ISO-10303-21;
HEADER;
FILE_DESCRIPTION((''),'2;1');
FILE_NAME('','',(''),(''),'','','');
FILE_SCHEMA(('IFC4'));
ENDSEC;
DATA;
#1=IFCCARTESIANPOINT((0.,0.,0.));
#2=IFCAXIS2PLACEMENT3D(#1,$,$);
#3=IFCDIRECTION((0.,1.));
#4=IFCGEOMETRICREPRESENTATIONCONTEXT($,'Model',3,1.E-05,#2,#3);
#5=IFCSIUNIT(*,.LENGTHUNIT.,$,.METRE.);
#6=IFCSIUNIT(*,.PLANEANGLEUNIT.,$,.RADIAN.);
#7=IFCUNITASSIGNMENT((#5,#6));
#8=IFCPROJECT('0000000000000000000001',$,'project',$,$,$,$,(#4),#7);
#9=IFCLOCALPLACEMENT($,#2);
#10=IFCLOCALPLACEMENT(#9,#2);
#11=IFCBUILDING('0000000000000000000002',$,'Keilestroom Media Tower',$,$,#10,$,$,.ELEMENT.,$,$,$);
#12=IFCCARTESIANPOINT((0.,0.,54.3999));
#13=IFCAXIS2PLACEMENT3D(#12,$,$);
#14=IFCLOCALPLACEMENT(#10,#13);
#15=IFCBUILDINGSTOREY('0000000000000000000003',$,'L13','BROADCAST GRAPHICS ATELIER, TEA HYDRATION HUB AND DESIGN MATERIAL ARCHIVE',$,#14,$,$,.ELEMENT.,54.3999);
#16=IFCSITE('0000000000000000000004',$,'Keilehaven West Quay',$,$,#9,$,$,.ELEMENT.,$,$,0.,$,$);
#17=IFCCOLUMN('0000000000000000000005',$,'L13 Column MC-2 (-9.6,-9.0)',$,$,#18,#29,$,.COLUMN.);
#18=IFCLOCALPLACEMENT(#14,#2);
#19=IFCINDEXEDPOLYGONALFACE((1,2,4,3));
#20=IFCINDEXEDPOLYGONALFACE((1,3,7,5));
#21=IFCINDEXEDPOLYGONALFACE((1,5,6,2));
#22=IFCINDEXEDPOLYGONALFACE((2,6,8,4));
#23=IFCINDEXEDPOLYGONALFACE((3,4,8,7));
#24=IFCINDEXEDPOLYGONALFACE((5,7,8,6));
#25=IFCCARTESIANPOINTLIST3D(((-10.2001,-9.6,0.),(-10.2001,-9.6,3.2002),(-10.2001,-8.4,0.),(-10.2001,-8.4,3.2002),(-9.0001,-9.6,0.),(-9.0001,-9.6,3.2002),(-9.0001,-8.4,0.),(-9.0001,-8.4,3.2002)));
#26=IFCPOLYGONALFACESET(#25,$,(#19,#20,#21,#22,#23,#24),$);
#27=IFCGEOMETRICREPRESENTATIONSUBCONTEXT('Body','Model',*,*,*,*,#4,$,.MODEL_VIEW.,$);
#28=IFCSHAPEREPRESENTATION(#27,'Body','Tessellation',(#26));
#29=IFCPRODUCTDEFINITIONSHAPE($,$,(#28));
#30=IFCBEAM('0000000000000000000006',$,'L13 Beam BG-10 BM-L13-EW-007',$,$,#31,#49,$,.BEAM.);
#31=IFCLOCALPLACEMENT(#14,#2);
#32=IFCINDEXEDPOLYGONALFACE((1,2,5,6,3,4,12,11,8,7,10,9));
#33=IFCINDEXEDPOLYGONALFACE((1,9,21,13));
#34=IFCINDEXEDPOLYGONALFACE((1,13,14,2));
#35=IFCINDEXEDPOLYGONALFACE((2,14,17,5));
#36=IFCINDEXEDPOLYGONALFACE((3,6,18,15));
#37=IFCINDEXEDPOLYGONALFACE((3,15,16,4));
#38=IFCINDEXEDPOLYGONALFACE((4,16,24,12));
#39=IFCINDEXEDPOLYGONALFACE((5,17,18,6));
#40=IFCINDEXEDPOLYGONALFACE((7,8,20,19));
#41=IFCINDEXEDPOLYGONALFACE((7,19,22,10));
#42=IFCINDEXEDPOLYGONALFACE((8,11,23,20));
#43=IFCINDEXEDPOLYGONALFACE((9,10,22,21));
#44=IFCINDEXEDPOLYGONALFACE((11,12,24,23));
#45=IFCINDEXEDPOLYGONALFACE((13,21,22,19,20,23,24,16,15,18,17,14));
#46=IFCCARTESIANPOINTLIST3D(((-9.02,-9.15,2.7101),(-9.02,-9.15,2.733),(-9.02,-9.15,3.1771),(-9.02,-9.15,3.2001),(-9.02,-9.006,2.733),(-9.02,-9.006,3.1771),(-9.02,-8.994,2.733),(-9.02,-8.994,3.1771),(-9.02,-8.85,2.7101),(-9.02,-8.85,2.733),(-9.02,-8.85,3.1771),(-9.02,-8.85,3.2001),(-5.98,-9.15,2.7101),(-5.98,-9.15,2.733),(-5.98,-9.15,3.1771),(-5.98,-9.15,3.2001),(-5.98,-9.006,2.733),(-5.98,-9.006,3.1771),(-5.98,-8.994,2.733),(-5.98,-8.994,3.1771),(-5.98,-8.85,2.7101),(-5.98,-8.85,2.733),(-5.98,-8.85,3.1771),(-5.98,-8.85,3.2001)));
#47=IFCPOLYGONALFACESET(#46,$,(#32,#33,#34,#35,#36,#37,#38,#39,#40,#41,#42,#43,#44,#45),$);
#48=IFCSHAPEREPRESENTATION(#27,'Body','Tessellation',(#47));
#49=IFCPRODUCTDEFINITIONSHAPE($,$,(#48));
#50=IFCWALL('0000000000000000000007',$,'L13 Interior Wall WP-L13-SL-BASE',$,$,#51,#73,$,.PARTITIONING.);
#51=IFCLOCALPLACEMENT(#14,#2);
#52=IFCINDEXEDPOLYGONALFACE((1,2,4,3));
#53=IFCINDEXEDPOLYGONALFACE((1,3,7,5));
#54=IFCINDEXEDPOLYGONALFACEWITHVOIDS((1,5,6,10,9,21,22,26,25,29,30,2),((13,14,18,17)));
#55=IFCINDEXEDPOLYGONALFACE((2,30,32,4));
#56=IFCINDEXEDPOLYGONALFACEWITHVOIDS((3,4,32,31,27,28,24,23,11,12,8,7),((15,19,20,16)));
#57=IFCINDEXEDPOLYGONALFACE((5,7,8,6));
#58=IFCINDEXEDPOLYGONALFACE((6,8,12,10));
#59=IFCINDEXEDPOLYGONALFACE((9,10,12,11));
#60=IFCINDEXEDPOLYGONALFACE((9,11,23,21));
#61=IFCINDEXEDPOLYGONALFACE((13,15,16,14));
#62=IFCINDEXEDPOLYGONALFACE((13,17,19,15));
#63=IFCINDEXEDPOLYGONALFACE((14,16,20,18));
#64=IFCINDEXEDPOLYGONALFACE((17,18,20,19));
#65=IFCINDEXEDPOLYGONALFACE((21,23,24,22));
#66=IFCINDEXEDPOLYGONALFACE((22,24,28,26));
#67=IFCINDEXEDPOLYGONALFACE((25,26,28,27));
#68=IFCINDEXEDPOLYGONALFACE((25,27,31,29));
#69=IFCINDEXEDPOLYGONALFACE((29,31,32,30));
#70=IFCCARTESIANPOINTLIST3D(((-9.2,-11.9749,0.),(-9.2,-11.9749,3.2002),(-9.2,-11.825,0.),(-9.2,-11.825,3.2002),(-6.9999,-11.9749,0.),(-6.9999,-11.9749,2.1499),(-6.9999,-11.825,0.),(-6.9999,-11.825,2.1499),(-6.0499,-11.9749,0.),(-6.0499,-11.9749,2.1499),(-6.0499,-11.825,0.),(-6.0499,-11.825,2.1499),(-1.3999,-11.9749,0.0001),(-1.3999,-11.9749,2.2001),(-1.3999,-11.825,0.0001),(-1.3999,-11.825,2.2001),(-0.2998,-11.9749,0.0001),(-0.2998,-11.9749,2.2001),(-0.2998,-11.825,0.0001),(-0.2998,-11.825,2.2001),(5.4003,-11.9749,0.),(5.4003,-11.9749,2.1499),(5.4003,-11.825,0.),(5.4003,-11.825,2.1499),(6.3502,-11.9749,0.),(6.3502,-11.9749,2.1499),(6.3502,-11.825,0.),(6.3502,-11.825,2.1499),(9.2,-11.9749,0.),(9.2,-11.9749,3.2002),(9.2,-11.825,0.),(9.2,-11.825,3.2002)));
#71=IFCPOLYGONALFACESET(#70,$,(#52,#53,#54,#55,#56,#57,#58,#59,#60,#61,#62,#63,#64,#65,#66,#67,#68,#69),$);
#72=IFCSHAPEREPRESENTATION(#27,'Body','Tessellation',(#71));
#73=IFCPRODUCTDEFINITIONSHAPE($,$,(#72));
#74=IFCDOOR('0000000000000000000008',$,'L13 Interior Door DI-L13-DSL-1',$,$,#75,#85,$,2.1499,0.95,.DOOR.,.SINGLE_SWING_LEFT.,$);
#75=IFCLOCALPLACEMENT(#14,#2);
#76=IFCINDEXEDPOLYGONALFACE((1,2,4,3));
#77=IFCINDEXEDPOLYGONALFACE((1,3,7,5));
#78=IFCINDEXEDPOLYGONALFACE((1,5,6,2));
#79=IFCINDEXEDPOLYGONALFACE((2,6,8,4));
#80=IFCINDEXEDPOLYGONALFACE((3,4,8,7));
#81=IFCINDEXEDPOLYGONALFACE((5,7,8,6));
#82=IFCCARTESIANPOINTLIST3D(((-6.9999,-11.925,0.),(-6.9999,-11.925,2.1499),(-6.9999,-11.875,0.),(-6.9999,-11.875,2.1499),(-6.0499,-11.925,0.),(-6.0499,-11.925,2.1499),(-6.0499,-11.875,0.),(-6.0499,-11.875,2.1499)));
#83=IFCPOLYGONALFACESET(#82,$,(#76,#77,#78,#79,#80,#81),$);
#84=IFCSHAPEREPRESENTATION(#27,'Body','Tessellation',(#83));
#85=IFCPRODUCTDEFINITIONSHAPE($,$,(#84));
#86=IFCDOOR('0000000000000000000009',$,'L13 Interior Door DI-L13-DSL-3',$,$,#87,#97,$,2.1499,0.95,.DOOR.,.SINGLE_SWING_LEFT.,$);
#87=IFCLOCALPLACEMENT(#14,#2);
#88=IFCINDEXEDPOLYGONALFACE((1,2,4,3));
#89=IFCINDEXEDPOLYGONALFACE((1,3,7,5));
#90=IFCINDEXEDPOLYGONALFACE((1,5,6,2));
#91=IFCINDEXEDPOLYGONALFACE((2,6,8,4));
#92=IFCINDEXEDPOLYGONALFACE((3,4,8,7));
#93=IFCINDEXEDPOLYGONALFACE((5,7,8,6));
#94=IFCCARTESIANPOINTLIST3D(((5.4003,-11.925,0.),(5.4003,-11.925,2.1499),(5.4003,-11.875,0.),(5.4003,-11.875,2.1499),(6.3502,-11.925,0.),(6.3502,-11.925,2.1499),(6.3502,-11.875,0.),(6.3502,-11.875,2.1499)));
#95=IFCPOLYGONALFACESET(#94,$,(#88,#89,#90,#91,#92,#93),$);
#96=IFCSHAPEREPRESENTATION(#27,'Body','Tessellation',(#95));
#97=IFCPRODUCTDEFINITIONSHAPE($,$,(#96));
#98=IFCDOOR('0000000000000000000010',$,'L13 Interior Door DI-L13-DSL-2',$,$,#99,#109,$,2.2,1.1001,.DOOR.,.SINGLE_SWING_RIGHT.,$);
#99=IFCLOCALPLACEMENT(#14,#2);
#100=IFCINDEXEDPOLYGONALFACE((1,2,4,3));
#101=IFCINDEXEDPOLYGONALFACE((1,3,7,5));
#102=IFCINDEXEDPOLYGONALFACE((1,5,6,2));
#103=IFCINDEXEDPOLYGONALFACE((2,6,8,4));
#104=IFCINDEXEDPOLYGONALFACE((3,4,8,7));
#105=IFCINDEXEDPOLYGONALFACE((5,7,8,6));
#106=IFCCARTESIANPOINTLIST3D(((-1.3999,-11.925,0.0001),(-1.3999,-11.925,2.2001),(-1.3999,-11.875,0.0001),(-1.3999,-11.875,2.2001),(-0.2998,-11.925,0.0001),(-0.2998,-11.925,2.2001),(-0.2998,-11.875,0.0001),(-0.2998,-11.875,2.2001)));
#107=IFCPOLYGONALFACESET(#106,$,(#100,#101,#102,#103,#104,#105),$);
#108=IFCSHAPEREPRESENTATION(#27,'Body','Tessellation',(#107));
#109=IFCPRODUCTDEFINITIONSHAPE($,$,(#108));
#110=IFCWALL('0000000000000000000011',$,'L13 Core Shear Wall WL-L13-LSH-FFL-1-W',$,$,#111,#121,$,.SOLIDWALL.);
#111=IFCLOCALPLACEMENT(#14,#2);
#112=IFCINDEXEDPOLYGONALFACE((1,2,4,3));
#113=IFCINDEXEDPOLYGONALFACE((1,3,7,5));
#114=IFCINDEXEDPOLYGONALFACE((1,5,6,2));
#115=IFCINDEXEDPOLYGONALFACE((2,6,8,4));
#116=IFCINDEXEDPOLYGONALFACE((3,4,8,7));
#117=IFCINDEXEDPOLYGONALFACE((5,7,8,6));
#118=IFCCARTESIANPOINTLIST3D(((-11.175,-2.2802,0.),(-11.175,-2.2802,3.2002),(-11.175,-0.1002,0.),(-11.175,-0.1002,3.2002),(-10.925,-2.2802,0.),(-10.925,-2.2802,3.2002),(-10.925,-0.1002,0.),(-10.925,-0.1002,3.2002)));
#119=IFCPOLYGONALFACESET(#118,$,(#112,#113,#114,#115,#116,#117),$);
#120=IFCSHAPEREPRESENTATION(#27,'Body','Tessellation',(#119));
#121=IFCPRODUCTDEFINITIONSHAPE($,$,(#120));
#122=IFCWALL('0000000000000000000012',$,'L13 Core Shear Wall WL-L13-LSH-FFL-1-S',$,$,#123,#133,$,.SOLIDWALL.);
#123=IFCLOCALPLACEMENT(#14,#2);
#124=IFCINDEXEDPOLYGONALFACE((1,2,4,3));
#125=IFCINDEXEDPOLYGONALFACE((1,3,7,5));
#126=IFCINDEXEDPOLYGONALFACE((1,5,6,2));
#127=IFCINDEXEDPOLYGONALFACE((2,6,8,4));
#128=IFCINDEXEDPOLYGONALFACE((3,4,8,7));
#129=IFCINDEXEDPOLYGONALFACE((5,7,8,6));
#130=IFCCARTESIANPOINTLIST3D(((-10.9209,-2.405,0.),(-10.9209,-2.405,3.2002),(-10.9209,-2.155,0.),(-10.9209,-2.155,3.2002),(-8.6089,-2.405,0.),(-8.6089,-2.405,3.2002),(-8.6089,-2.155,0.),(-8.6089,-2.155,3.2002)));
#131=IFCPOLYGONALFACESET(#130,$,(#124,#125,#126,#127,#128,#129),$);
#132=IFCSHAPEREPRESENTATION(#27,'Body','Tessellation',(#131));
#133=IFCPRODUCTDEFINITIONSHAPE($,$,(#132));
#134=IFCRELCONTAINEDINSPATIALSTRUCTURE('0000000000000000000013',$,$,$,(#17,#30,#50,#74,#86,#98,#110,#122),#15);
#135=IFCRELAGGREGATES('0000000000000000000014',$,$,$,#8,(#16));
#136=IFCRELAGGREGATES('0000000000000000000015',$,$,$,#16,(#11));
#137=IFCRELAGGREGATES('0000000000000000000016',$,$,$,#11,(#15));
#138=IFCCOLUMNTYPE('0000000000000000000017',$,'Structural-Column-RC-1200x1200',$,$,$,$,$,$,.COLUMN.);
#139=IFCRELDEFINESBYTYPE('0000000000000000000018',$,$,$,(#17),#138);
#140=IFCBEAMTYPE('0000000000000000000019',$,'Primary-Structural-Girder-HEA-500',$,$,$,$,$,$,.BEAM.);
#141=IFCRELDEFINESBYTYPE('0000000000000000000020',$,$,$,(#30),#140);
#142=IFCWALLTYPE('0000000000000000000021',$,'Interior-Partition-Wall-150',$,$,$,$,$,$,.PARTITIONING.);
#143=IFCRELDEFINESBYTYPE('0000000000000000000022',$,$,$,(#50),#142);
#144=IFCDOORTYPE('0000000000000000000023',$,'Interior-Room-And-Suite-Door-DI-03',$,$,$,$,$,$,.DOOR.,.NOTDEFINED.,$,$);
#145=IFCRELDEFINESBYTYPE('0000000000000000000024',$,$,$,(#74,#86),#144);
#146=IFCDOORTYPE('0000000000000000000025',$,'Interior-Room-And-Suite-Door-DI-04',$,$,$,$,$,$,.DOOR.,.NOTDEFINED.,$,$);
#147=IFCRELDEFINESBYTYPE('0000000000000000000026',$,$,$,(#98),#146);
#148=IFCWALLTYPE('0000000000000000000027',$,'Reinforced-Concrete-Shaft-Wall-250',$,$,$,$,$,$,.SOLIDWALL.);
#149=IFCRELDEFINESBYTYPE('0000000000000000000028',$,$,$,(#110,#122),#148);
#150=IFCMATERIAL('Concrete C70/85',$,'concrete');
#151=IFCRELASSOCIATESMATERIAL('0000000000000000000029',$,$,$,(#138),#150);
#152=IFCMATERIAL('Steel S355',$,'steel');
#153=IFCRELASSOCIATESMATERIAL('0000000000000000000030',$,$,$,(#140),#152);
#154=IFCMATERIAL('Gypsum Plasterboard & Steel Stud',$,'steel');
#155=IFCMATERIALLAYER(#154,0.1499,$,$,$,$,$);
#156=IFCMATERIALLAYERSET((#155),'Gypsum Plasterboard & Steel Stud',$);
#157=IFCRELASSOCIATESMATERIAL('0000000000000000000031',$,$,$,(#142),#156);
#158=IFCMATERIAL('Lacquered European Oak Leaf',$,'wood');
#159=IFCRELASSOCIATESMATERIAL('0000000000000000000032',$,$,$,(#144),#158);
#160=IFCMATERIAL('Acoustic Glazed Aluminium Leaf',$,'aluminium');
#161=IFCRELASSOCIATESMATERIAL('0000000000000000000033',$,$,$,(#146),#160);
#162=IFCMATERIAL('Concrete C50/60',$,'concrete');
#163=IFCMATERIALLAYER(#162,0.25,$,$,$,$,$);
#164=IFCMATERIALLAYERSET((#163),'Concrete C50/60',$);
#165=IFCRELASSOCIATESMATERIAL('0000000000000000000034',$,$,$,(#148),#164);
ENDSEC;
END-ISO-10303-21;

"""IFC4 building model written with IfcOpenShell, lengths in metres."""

from ifc_helpers import new_model, si_unit, direction, frame, frame_2d, origin, origin_2d, place, context, subcontext, project, spatial, rectangle, i_section, extrude, source, transform, mapped, material, layer, layer_set, material_profile, profile_set, type_object, element, fill, save


model = new_model("IFC4")

# Units and contexts
model_context = context("Model", 3, precision=1e-05, world=origin(), true_north=direction((0.0, 1.0)))
body_context = subcontext(model_context, "Body", "Model", "MODEL_VIEW")
ifc_project = project(units=[si_unit("LENGTHUNIT", "METRE"), si_unit("PLANEANGLEUNIT", "RADIAN")], contexts=[model_context])

# Site, building, storey
site_placement = place(None, origin())
site = spatial("IfcSite", under=ifc_project, at=site_placement, Name="Keilehaven West Quay", CompositionType="ELEMENT", RefElevation=0.0)
building_placement = place(site_placement, origin())
building = spatial("IfcBuilding", under=site, at=building_placement, Name="Keilestroom Media Tower", CompositionType="ELEMENT")
storey_placement = place(building_placement, frame((0.0, 0.0, 54.3999)))
storey = spatial("IfcBuildingStorey", under=building, at=storey_placement, Name="L13", Description="BROADCAST GRAPHICS ATELIER, TEA HYDRATION HUB AND DESIGN MATERIAL ARCHIVE", CompositionType="ELEMENT", Elevation=54.3999)

# Column
ifc_material_1 = material(Name="Concrete C70/85", Category="concrete")
ifc_material_profile_1 = material_profile(ifc_material_1, rectangle(XDim=1.2, YDim=1.2, at=origin_2d()), Name="RC 1200x1200")
ifc_profile_set_1 = profile_set([ifc_material_profile_1], Name="Concrete C70/85")
column_type = type_object("IfcColumnType", Name="Structural-Column-RC-1200x1200", PredefinedType="COLUMN", material=ifc_profile_set_1)
shared_shape_1 = source(origin(), body_context, "Body", "SweptSolid", [
    extrude(rectangle(XDim=1.2, YDim=1.2, at=origin_2d()), origin(), (0.0, 0.0, 1.0), 3.2002),
])
column_placement = place(storey_placement, frame((-9.6001, -9.0, 0.0), z_axis=(0.0, 0.0, 1.0), x_axis=(1.0, 0.0, 0.0)))
element("IfcColumn", 1, at=column_placement, inside=storey, type_object=column_type, Name="L13 Column MC-2 (-9.6,-9.0)", PredefinedType="COLUMN", context=body_context, shape_type="MappedRepresentation", body=[
    mapped(shared_shape_1, transform((0.0, 0.0, 0.0), x_axis=(1.0, 0.0, 0.0), y_axis=(0.0, 1.0, 0.0), z_axis=(0.0, 0.0, 1.0), scale=1.0)),
])

# Beam
ifc_material_2 = material(Name="Steel S355", Category="steel")
ifc_material_profile_2 = material_profile(ifc_material_2, i_section(OverallWidth=0.3, OverallDepth=0.49, WebThickness=0.012, FlangeThickness=0.0229, at=origin_2d()), Name="HEA 500")
ifc_profile_set_2 = profile_set([ifc_material_profile_2], Name="Steel S355")
beam_type = type_object("IfcBeamType", Name="Primary-Structural-Girder-HEA-500", PredefinedType="BEAM", material=ifc_profile_set_2)
shared_shape_2 = source(origin(), body_context, "Body", "SweptSolid", [
    extrude(i_section(OverallWidth=0.3, OverallDepth=0.49, WebThickness=0.012, FlangeThickness=0.0229, at=origin_2d()), origin(), (0.0, 0.0, 1.0), 3.04),
])
beam_placement = place(storey_placement, frame((-9.02, -9.0, 2.9551), z_axis=(1.0, 0.0, 0.0), x_axis=(0.0, 1.0, 0.0)))
element("IfcBeam", 2, at=beam_placement, inside=storey, type_object=beam_type, Name="L13 Beam BG-10 BM-L13-EW-007", PredefinedType="BEAM", context=body_context, shape_type="MappedRepresentation", body=[
    mapped(shared_shape_2, transform((0.0, 0.0, 0.0), x_axis=(1.0, 0.0, 0.0), y_axis=(0.0, 1.0, 0.0), z_axis=(0.0, 0.0, 1.0), scale=1.0)),
])

# Wall, openings, doors
ifc_material_3 = material(Name="Gypsum Plasterboard & Steel Stud", Category="steel")
ifc_layer_1 = layer(ifc_material_3, 0.1499)
ifc_layer_set_1 = layer_set([ifc_layer_1], Name="Gypsum Plasterboard & Steel Stud")
wall_type_1 = type_object("IfcWallType", Name="Interior-Partition-Wall-150", PredefinedType="PARTITIONING", material=ifc_layer_set_1)
wall_1_placement = place(storey_placement, frame((-9.2, -11.8999, 0.0), z_axis=(0.0, 0.0, 1.0), x_axis=(1.0, 0.0, 0.0)))
wall_1 = element("IfcWall", 3, at=wall_1_placement, inside=storey, type_object=wall_type_1, Name="L13 Interior Wall WP-L13-SL-BASE", PredefinedType="PARTITIONING", context=body_context, shape_type="SweptSolid", body=[
    extrude(rectangle(XDim=18.3999, YDim=0.1499, at=frame_2d((9.2, 0.0))), origin(), (0.0, 0.0, 1.0), 3.2002),
])
opening_1_placement = place(wall_1_placement, frame((2.2, 0.0, 0.0)))
opening_1 = element("IfcOpeningElement", 4, at=opening_1_placement, cuts=wall_1, PredefinedType="OPENING", context=body_context, shape_type="SweptSolid", body=[
    extrude(rectangle(XDim=0.95, YDim=2.1499, at=frame_2d((0.4751, 1.075))), frame((0.0, 0.085, 0.0), z_axis=(0.0, -1.0, 0.0), x_axis=(1.0, 0.0, 0.0)), (0.0, 0.0, 1.0), 0.1699),
])
opening_2_placement = place(wall_1_placement, frame((7.8, 0.0, 0.0)))
opening_2 = element("IfcOpeningElement", 5, at=opening_2_placement, cuts=wall_1, PredefinedType="OPENING", context=body_context, shape_type="SweptSolid", body=[
    extrude(rectangle(XDim=1.1001, YDim=2.2, at=frame_2d((0.55, 1.1001))), frame((0.0, 0.085, 0.0), z_axis=(0.0, -1.0, 0.0), x_axis=(1.0, 0.0, 0.0)), (0.0, 0.0, 1.0), 0.1699),
])
opening_3_placement = place(wall_1_placement, frame((14.6001, 0.0, 0.0)))
opening_3 = element("IfcOpeningElement", 6, at=opening_3_placement, cuts=wall_1, PredefinedType="OPENING", context=body_context, shape_type="SweptSolid", body=[
    extrude(rectangle(XDim=0.95, YDim=2.1499, at=frame_2d((0.4751, 1.075))), frame((0.0, 0.085, 0.0), z_axis=(0.0, -1.0, 0.0), x_axis=(1.0, 0.0, 0.0)), (0.0, 0.0, 1.0), 0.1699),
])
ifc_material_4 = material(Name="Lacquered European Oak Leaf", Category="wood")
door_type_1 = type_object("IfcDoorType", Name="Interior-Room-And-Suite-Door-DI-03", OperationType="NOTDEFINED", PredefinedType="DOOR", material=ifc_material_4)
shared_shape_3 = source(origin(), body_context, "Body", "SweptSolid", [
    extrude(rectangle(XDim=0.95, YDim=2.1499, at=frame_2d((0.4751, 1.075))), frame((0.0, 0.0249, 0.0), z_axis=(0.0, -1.0, 0.0), x_axis=(1.0, 0.0, 0.0)), (0.0, 0.0, 1.0), 0.05),
])
door_1_placement = place(opening_1_placement, origin())
door_1 = element("IfcDoor", 7, at=door_1_placement, inside=storey, type_object=door_type_1, Name="L13 Interior Door DI-L13-DSL-1", OperationType="SINGLE_SWING_LEFT", OverallHeight=2.1499, OverallWidth=0.95, PredefinedType="DOOR", context=body_context, shape_type="MappedRepresentation", body=[
    mapped(shared_shape_3, transform((0.0, 0.0, 0.0), x_axis=(1.0, 0.0, 0.0), y_axis=(0.0, 1.0, 0.0), z_axis=(0.0, 0.0, 1.0), scale=1.0)),
])
fill(opening_1, door_1)
door_2_placement = place(opening_3_placement, origin())
door_2 = element("IfcDoor", 8, at=door_2_placement, inside=storey, type_object=door_type_1, Name="L13 Interior Door DI-L13-DSL-3", OperationType="SINGLE_SWING_LEFT", OverallHeight=2.1499, OverallWidth=0.95, PredefinedType="DOOR", context=body_context, shape_type="MappedRepresentation", body=[
    mapped(shared_shape_3, transform((0.0, 0.0, 0.0), x_axis=(1.0, 0.0, 0.0), y_axis=(0.0, 1.0, 0.0), z_axis=(0.0, 0.0, 1.0), scale=1.0)),
])
fill(opening_3, door_2)
ifc_material_5 = material(Name="Acoustic Glazed Aluminium Leaf", Category="aluminium")
door_type_2 = type_object("IfcDoorType", Name="Interior-Room-And-Suite-Door-DI-04", OperationType="NOTDEFINED", PredefinedType="DOOR", material=ifc_material_5)
shared_shape_4 = source(origin(), body_context, "Body", "SweptSolid", [
    extrude(rectangle(XDim=1.1001, YDim=2.2, at=frame_2d((0.55, 1.1001))), frame((0.0, 0.0249, 0.0), z_axis=(0.0, -1.0, 0.0), x_axis=(1.0, 0.0, 0.0)), (0.0, 0.0, 1.0), 0.05),
])
door_3_placement = place(opening_2_placement, origin())
door_3 = element("IfcDoor", 9, at=door_3_placement, inside=storey, type_object=door_type_2, Name="L13 Interior Door DI-L13-DSL-2", OperationType="SINGLE_SWING_RIGHT", OverallHeight=2.2, OverallWidth=1.1001, PredefinedType="DOOR", context=body_context, shape_type="MappedRepresentation", body=[
    mapped(shared_shape_4, transform((0.0, 0.0, 0.0), x_axis=(1.0, 0.0, 0.0), y_axis=(0.0, 1.0, 0.0), z_axis=(0.0, 0.0, 1.0), scale=1.0)),
])
fill(opening_2, door_3)

# Walls
ifc_material_6 = material(Name="Concrete C50/60", Category="concrete")
ifc_layer_2 = layer(ifc_material_6, 0.25)
ifc_layer_set_2 = layer_set([ifc_layer_2], Name="Concrete C50/60")
wall_type_2 = type_object("IfcWallType", Name="Reinforced-Concrete-Shaft-Wall-250", PredefinedType="SOLIDWALL", material=ifc_layer_set_2)
wall_2_placement = place(storey_placement, frame((-11.05, -2.28, 0.0), z_axis=(0.0, 0.0, 1.0), x_axis=(0.0, 1.0, 0.0)))
element("IfcWall", 10, at=wall_2_placement, inside=storey, type_object=wall_type_2, Name="L13 Core Shear Wall WL-L13-LSH-FFL-1-W", PredefinedType="SOLIDWALL", context=body_context, shape_type="SweptSolid", body=[
    extrude(rectangle(XDim=2.1799, YDim=0.25, at=frame_2d((1.0898, 0.0))), origin(), (0.0, 0.0, 1.0), 3.2002),
])
wall_3_placement = place(storey_placement, frame((-10.9209, -2.28, 0.0), z_axis=(0.0, 0.0, 1.0), x_axis=(1.0, 0.0, 0.0)))
element("IfcWall", 11, at=wall_3_placement, inside=storey, type_object=wall_type_2, Name="L13 Core Shear Wall WL-L13-LSH-FFL-1-S", PredefinedType="SOLIDWALL", context=body_context, shape_type="SweptSolid", body=[
    extrude(rectangle(XDim=2.312, YDim=0.25, at=frame_2d((1.156, 0.0))), origin(), (0.0, 0.0, 1.0), 3.2002),
])

save(model, "model.ifc")
